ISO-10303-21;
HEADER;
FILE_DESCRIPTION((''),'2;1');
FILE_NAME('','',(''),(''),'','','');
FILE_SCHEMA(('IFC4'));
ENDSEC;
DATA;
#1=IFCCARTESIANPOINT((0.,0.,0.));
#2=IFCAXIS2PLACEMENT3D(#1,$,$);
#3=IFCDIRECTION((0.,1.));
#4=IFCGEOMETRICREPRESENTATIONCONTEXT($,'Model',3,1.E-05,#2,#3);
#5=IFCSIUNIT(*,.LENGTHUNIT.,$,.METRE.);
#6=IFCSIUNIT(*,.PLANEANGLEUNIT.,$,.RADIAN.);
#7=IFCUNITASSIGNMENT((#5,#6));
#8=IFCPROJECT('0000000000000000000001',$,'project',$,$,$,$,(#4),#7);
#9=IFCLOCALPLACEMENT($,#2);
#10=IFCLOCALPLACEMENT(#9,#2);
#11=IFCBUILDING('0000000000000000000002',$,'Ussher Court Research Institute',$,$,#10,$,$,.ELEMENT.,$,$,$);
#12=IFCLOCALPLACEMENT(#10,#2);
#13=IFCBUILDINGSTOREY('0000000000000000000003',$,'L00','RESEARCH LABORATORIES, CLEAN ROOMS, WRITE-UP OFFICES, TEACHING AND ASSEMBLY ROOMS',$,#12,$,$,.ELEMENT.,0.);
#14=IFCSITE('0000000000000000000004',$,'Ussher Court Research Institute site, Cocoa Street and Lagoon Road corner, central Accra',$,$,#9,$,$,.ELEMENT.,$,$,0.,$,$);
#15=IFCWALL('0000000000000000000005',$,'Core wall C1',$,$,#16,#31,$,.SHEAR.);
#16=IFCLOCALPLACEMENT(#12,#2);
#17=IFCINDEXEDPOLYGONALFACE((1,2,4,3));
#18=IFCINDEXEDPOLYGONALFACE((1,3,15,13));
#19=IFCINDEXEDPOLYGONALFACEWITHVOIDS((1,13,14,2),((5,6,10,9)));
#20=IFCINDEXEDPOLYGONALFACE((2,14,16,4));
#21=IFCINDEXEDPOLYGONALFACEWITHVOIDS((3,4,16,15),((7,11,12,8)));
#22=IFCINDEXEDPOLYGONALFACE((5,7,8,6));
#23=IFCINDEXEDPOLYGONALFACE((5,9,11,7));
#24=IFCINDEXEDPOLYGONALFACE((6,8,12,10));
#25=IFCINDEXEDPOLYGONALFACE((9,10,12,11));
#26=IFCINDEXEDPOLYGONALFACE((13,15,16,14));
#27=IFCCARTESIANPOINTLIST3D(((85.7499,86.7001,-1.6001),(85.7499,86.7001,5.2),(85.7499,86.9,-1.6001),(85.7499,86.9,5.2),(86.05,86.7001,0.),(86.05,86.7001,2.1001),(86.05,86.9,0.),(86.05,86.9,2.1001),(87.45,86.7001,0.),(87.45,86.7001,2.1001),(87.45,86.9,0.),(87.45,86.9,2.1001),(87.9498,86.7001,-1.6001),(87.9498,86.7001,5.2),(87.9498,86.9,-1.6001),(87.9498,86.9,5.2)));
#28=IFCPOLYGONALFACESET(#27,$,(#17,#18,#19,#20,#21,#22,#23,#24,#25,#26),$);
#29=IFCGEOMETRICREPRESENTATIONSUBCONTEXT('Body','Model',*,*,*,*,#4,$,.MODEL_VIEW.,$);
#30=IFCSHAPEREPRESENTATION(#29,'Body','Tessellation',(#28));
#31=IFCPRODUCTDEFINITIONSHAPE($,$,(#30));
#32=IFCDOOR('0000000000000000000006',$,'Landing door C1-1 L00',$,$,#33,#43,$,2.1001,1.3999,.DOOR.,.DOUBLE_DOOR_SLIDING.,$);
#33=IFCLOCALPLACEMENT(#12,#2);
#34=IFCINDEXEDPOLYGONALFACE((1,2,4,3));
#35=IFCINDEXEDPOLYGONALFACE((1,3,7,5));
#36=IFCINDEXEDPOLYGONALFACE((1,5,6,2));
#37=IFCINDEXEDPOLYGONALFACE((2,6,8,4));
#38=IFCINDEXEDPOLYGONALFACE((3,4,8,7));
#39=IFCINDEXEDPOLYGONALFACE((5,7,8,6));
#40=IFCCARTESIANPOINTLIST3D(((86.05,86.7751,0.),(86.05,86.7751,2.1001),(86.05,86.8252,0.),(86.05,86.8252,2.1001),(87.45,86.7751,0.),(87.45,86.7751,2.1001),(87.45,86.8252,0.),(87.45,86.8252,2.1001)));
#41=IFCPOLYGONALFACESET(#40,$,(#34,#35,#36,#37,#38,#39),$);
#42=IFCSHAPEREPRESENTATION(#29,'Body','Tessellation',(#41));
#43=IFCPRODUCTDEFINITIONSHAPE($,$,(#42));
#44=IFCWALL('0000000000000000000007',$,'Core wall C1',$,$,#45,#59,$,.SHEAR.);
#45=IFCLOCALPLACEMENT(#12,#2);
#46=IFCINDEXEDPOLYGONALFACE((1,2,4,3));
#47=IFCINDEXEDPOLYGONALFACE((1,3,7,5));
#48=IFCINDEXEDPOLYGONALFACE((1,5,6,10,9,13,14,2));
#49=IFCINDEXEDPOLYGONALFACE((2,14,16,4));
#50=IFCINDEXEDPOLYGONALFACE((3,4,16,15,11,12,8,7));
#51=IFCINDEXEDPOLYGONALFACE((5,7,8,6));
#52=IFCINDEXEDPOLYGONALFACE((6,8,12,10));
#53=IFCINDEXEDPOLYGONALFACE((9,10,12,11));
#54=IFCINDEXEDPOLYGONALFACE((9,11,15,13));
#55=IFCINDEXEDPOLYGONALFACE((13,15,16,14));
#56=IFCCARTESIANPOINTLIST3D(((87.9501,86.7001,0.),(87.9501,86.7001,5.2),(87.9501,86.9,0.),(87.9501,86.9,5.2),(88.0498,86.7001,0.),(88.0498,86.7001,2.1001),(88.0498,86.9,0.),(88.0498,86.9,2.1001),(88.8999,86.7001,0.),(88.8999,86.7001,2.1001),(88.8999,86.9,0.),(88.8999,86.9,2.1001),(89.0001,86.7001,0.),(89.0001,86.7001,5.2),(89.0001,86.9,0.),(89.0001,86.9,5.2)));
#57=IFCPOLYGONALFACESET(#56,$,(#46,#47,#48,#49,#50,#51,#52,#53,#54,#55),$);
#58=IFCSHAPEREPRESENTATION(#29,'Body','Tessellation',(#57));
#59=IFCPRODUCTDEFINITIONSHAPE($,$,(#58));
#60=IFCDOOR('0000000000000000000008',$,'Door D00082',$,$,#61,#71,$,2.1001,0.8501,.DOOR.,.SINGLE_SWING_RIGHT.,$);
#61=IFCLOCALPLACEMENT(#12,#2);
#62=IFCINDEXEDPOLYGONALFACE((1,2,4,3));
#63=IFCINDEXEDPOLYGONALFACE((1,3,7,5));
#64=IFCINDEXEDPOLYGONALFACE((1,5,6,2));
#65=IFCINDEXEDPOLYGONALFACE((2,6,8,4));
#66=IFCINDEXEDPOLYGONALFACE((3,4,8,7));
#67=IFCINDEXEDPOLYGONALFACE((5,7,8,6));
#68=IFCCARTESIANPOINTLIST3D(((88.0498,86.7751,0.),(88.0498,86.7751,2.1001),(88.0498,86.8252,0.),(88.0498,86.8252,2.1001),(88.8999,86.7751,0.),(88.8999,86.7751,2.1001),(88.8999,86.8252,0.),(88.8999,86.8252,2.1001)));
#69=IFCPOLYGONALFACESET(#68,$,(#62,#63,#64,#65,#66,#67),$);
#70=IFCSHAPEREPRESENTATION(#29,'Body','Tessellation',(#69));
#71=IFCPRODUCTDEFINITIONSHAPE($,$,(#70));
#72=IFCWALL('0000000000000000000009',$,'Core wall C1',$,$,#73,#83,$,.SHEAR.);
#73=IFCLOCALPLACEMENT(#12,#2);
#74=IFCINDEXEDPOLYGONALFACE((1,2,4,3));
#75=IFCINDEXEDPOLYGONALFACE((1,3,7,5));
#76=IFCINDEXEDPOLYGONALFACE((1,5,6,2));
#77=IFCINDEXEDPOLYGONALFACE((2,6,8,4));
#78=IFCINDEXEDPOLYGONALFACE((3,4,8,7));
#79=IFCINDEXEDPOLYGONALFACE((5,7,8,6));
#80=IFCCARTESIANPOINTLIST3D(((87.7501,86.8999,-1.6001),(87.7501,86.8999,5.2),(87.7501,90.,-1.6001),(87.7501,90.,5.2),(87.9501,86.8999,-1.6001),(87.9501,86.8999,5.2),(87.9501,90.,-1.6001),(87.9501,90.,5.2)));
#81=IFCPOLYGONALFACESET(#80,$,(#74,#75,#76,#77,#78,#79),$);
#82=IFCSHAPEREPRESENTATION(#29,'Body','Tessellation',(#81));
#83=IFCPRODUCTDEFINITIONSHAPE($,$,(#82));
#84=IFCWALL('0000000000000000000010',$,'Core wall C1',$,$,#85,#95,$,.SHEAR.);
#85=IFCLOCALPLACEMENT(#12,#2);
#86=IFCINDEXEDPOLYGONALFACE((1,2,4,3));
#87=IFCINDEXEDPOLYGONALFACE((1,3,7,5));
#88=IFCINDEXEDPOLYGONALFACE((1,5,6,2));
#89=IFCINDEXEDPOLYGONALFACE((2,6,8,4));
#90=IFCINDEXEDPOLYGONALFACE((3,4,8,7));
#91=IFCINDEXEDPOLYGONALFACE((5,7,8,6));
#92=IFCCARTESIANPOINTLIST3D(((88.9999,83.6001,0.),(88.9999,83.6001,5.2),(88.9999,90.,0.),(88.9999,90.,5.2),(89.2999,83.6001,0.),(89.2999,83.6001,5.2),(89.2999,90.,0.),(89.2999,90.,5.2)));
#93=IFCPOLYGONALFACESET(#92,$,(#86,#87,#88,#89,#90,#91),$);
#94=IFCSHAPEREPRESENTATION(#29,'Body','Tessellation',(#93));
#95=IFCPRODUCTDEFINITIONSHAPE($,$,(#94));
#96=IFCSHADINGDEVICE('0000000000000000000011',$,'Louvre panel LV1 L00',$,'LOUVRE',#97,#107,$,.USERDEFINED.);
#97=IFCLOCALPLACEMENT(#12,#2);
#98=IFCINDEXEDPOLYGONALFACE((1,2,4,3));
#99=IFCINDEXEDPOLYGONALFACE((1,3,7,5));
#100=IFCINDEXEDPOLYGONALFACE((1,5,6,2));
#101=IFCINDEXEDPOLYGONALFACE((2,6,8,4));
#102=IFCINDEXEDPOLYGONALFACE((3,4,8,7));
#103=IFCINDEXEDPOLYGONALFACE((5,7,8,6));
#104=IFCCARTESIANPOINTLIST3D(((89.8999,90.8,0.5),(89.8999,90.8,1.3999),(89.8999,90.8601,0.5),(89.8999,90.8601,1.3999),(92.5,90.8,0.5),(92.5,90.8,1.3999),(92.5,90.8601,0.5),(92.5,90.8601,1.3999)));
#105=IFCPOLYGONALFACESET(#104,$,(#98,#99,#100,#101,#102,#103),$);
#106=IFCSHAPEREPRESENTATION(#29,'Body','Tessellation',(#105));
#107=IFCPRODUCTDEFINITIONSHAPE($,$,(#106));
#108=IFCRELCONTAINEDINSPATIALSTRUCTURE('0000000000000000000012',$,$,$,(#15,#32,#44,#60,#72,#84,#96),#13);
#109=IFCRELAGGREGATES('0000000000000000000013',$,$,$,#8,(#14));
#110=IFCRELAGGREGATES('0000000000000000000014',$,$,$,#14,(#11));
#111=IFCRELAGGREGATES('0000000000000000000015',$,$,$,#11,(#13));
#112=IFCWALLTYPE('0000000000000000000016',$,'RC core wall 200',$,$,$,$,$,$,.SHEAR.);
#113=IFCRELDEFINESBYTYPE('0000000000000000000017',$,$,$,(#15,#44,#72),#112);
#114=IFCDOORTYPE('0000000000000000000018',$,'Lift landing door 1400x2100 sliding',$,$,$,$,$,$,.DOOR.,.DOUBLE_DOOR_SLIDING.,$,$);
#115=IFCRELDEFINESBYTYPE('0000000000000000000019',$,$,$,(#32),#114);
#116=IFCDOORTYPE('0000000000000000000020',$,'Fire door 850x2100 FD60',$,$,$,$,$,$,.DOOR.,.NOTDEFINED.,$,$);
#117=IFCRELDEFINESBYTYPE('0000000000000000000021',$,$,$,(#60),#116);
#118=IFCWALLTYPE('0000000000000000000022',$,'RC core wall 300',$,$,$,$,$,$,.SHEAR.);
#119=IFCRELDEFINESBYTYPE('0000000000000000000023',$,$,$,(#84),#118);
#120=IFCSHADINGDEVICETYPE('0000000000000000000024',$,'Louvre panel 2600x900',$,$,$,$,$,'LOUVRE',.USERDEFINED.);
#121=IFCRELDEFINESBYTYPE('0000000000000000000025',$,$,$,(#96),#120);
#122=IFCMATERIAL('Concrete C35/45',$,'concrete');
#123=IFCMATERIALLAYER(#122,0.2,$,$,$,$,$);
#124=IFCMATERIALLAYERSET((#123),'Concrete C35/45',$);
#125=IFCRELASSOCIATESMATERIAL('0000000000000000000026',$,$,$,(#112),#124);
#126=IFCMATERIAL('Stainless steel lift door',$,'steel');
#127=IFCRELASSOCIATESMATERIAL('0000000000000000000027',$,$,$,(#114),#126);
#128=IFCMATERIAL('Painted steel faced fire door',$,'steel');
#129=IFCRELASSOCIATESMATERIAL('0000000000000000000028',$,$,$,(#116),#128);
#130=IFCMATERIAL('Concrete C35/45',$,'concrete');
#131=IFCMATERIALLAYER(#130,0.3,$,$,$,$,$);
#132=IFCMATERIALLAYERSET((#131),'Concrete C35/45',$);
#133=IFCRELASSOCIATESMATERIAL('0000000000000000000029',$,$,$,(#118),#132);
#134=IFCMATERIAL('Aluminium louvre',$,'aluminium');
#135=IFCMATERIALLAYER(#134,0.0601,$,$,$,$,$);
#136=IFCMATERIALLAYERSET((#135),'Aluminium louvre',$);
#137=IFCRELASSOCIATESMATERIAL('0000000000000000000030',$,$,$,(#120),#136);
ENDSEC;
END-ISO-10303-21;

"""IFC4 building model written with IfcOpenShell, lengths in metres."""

from ifc_helpers import new_model, si_unit, direction, frame, frame_2d, origin, origin_2d, place, context, subcontext, project, spatial, rectangle, extrude, material, layer, layer_set, type_object, element, fill, save


model = new_model("IFC4")

# Units and contexts
model_context = context("Model", 3, precision=1e-05, world=origin(), true_north=direction((0.0, 1.0)))
body_context = subcontext(model_context, "Body", "Model", "MODEL_VIEW")
ifc_project = project(units=[si_unit("LENGTHUNIT", "METRE"), si_unit("PLANEANGLEUNIT", "RADIAN")], contexts=[model_context])

# Site, building, storey
site_placement = place(None, origin())
site = spatial("IfcSite", under=ifc_project, at=site_placement, Name="Ussher Court Research Institute site, Cocoa Street and Lagoon Road corner, central Accra", CompositionType="ELEMENT", RefElevation=0.0)
building_placement = place(site_placement, origin())
building = spatial("IfcBuilding", under=site, at=building_placement, Name="Ussher Court Research Institute", CompositionType="ELEMENT")
storey_placement = place(building_placement, origin())
storey = spatial("IfcBuildingStorey", under=building, at=storey_placement, Name="L00", Description="RESEARCH LABORATORIES, CLEAN ROOMS, WRITE-UP OFFICES, TEACHING AND ASSEMBLY ROOMS", CompositionType="ELEMENT", Elevation=0.0)

# Walls, openings, doors
ifc_material_1 = material(Name="Concrete C35/45", Category="concrete")
ifc_layer_1 = layer(ifc_material_1, 0.2)
ifc_layer_set_1 = layer_set([ifc_layer_1], Name="Concrete C35/45")
wall_type_1 = type_object("IfcWallType", Name="RC core wall 200", PredefinedType="SHEAR", material=ifc_layer_set_1)
wall_1_placement = place(storey_placement, frame((87.95, 86.8, -1.6001), z_axis=(0.0, 0.0, 1.0), x_axis=(-1.0, 0.0, 0.0)))
wall_1 = element("IfcWall", 1, at=wall_1_placement, inside=storey, type_object=wall_type_1, Name="Core wall C1", PredefinedType="SHEAR", context=body_context, shape_type="SweptSolid", body=[
    extrude(rectangle(XDim=2.2, YDim=0.2, at=frame_2d((1.1001, 0.0))), origin(), (0.0, 0.0, 1.0), 6.8),
])
opening_1_placement = place(wall_1_placement, frame((0.5, 0.0, 1.6001)))
opening_1 = element("IfcOpeningElement", 2, at=opening_1_placement, cuts=wall_1, PredefinedType="OPENING", context=body_context, shape_type="SweptSolid", body=[
    extrude(rectangle(XDim=1.3999, YDim=2.1001, at=frame_2d((0.7, 1.05))), frame((0.0, 0.1099, 0.0), z_axis=(0.0, -1.0, 0.0), x_axis=(1.0, 0.0, 0.0)), (0.0, 0.0, 1.0), 0.22),
])
ifc_material_2 = material(Name="Stainless steel lift door", Category="steel")
door_type_1 = type_object("IfcDoorType", Name="Lift landing door 1400x2100 sliding", OperationType="DOUBLE_DOOR_SLIDING", PredefinedType="DOOR", material=ifc_material_2)
door_1_placement = place(opening_1_placement, origin())
door_1 = element("IfcDoor", 3, at=door_1_placement, inside=storey, type_object=door_type_1, Name="Landing door C1-1 L00", OperationType="DOUBLE_DOOR_SLIDING", OverallHeight=2.1001, OverallWidth=1.3999, PredefinedType="DOOR", context=body_context, shape_type="SweptSolid", body=[
    extrude(rectangle(XDim=1.3999, YDim=2.1001, at=frame_2d((0.7, 1.05))), frame((0.0, 0.0249, 0.0), z_axis=(0.0, -1.0, 0.0), x_axis=(1.0, 0.0, 0.0)), (0.0, 0.0, 1.0), 0.05),
])
fill(opening_1, door_1)
wall_2_placement = place(storey_placement, frame((89.0, 86.8, 0.0), z_axis=(0.0, 0.0, 1.0), x_axis=(-1.0, 0.0, 0.0)))
wall_2 = element("IfcWall", 4, at=wall_2_placement, inside=storey, type_object=wall_type_1, Name="Core wall C1", PredefinedType="SHEAR", context=body_context, shape_type="SweptSolid", body=[
    extrude(rectangle(XDim=1.05, YDim=0.2, at=frame_2d((0.5249, 0.0))), origin(), (0.0, 0.0, 1.0), 5.2),
])
opening_2_placement = place(wall_2_placement, frame((0.1001, 0.0, 0.0)))
opening_2 = element("IfcOpeningElement", 5, at=opening_2_placement, cuts=wall_2, PredefinedType="OPENING", context=body_context, shape_type="SweptSolid", body=[
    extrude(rectangle(XDim=0.8501, YDim=2.1001, at=frame_2d((0.425, 1.05))), frame((0.0, 0.1099, 0.0), z_axis=(0.0, -1.0, 0.0), x_axis=(1.0, 0.0, 0.0)), (0.0, 0.0, 1.0), 0.22),
])
ifc_material_3 = material(Name="Painted steel faced fire door", Category="steel")
door_type_2 = type_object("IfcDoorType", Name="Fire door 850x2100 FD60", OperationType="NOTDEFINED", PredefinedType="DOOR", material=ifc_material_3)
door_2_placement = place(opening_2_placement, origin())
door_2 = element("IfcDoor", 6, at=door_2_placement, inside=storey, type_object=door_type_2, Name="Door D00082", OperationType="SINGLE_SWING_RIGHT", OverallHeight=2.1001, OverallWidth=0.8501, PredefinedType="DOOR", context=body_context, shape_type="SweptSolid", body=[
    extrude(rectangle(XDim=0.8501, YDim=2.1001, at=frame_2d((0.425, 1.05))), frame((0.0, 0.0249, 0.0), z_axis=(0.0, -1.0, 0.0), x_axis=(1.0, 0.0, 0.0)), (0.0, 0.0, 1.0), 0.05),
])
fill(opening_2, door_2)

# Walls
wall_3_placement = place(storey_placement, frame((87.8501, 86.8999, -1.6001), z_axis=(0.0, 0.0, 1.0), x_axis=(0.0, 1.0, 0.0)))
element("IfcWall", 7, at=wall_3_placement, inside=storey, type_object=wall_type_1, Name="Core wall C1", PredefinedType="SHEAR", context=body_context, shape_type="SweptSolid", body=[
    extrude(rectangle(XDim=3.1001, YDim=0.2, at=frame_2d((1.55, 0.0))), origin(), (0.0, 0.0, 1.0), 6.8),
])
ifc_material_4 = material(Name="Concrete C35/45", Category="concrete")
ifc_layer_2 = layer(ifc_material_4, 0.3)
ifc_layer_set_2 = layer_set([ifc_layer_2], Name="Concrete C35/45")
wall_type_2 = type_object("IfcWallType", Name="RC core wall 300", PredefinedType="SHEAR", material=ifc_layer_set_2)
wall_4_placement = place(storey_placement, frame((89.1499, 83.6001, 0.0), z_axis=(0.0, 0.0, 1.0), x_axis=(0.0, 1.0, 0.0)))
element("IfcWall", 8, at=wall_4_placement, inside=storey, type_object=wall_type_2, Name="Core wall C1", PredefinedType="SHEAR", context=body_context, shape_type="SweptSolid", body=[
    extrude(rectangle(XDim=6.3999, YDim=0.3, at=frame_2d((3.2, 0.0))), origin(), (0.0, 0.0, 1.0), 5.2),
])

# Shading device
ifc_material_5 = material(Name="Aluminium louvre", Category="aluminium")
ifc_layer_3 = layer(ifc_material_5, 0.0601)
ifc_layer_set_3 = layer_set([ifc_layer_3], Name="Aluminium louvre")
shading_device_type = type_object("IfcShadingDeviceType", Name="Louvre panel 2600x900", ElementType="LOUVRE", PredefinedType="USERDEFINED", material=ifc_layer_set_3)
shading_device_placement = place(storey_placement, frame((91.2, 90.8301, 0.5), z_axis=(0.0, 0.0, 1.0), x_axis=(1.0, 0.0, 0.0)))
element("IfcShadingDevice", 9, at=shading_device_placement, inside=storey, type_object=shading_device_type, Name="Louvre panel LV1 L00", ObjectType="LOUVRE", PredefinedType="USERDEFINED", context=body_context, shape_type="SweptSolid", body=[
    extrude(rectangle(XDim=2.6001, YDim=0.0601, at=origin_2d()), origin(), (0.0, 0.0, 1.0), 0.8999),
])

save(model, "model.ifc")
